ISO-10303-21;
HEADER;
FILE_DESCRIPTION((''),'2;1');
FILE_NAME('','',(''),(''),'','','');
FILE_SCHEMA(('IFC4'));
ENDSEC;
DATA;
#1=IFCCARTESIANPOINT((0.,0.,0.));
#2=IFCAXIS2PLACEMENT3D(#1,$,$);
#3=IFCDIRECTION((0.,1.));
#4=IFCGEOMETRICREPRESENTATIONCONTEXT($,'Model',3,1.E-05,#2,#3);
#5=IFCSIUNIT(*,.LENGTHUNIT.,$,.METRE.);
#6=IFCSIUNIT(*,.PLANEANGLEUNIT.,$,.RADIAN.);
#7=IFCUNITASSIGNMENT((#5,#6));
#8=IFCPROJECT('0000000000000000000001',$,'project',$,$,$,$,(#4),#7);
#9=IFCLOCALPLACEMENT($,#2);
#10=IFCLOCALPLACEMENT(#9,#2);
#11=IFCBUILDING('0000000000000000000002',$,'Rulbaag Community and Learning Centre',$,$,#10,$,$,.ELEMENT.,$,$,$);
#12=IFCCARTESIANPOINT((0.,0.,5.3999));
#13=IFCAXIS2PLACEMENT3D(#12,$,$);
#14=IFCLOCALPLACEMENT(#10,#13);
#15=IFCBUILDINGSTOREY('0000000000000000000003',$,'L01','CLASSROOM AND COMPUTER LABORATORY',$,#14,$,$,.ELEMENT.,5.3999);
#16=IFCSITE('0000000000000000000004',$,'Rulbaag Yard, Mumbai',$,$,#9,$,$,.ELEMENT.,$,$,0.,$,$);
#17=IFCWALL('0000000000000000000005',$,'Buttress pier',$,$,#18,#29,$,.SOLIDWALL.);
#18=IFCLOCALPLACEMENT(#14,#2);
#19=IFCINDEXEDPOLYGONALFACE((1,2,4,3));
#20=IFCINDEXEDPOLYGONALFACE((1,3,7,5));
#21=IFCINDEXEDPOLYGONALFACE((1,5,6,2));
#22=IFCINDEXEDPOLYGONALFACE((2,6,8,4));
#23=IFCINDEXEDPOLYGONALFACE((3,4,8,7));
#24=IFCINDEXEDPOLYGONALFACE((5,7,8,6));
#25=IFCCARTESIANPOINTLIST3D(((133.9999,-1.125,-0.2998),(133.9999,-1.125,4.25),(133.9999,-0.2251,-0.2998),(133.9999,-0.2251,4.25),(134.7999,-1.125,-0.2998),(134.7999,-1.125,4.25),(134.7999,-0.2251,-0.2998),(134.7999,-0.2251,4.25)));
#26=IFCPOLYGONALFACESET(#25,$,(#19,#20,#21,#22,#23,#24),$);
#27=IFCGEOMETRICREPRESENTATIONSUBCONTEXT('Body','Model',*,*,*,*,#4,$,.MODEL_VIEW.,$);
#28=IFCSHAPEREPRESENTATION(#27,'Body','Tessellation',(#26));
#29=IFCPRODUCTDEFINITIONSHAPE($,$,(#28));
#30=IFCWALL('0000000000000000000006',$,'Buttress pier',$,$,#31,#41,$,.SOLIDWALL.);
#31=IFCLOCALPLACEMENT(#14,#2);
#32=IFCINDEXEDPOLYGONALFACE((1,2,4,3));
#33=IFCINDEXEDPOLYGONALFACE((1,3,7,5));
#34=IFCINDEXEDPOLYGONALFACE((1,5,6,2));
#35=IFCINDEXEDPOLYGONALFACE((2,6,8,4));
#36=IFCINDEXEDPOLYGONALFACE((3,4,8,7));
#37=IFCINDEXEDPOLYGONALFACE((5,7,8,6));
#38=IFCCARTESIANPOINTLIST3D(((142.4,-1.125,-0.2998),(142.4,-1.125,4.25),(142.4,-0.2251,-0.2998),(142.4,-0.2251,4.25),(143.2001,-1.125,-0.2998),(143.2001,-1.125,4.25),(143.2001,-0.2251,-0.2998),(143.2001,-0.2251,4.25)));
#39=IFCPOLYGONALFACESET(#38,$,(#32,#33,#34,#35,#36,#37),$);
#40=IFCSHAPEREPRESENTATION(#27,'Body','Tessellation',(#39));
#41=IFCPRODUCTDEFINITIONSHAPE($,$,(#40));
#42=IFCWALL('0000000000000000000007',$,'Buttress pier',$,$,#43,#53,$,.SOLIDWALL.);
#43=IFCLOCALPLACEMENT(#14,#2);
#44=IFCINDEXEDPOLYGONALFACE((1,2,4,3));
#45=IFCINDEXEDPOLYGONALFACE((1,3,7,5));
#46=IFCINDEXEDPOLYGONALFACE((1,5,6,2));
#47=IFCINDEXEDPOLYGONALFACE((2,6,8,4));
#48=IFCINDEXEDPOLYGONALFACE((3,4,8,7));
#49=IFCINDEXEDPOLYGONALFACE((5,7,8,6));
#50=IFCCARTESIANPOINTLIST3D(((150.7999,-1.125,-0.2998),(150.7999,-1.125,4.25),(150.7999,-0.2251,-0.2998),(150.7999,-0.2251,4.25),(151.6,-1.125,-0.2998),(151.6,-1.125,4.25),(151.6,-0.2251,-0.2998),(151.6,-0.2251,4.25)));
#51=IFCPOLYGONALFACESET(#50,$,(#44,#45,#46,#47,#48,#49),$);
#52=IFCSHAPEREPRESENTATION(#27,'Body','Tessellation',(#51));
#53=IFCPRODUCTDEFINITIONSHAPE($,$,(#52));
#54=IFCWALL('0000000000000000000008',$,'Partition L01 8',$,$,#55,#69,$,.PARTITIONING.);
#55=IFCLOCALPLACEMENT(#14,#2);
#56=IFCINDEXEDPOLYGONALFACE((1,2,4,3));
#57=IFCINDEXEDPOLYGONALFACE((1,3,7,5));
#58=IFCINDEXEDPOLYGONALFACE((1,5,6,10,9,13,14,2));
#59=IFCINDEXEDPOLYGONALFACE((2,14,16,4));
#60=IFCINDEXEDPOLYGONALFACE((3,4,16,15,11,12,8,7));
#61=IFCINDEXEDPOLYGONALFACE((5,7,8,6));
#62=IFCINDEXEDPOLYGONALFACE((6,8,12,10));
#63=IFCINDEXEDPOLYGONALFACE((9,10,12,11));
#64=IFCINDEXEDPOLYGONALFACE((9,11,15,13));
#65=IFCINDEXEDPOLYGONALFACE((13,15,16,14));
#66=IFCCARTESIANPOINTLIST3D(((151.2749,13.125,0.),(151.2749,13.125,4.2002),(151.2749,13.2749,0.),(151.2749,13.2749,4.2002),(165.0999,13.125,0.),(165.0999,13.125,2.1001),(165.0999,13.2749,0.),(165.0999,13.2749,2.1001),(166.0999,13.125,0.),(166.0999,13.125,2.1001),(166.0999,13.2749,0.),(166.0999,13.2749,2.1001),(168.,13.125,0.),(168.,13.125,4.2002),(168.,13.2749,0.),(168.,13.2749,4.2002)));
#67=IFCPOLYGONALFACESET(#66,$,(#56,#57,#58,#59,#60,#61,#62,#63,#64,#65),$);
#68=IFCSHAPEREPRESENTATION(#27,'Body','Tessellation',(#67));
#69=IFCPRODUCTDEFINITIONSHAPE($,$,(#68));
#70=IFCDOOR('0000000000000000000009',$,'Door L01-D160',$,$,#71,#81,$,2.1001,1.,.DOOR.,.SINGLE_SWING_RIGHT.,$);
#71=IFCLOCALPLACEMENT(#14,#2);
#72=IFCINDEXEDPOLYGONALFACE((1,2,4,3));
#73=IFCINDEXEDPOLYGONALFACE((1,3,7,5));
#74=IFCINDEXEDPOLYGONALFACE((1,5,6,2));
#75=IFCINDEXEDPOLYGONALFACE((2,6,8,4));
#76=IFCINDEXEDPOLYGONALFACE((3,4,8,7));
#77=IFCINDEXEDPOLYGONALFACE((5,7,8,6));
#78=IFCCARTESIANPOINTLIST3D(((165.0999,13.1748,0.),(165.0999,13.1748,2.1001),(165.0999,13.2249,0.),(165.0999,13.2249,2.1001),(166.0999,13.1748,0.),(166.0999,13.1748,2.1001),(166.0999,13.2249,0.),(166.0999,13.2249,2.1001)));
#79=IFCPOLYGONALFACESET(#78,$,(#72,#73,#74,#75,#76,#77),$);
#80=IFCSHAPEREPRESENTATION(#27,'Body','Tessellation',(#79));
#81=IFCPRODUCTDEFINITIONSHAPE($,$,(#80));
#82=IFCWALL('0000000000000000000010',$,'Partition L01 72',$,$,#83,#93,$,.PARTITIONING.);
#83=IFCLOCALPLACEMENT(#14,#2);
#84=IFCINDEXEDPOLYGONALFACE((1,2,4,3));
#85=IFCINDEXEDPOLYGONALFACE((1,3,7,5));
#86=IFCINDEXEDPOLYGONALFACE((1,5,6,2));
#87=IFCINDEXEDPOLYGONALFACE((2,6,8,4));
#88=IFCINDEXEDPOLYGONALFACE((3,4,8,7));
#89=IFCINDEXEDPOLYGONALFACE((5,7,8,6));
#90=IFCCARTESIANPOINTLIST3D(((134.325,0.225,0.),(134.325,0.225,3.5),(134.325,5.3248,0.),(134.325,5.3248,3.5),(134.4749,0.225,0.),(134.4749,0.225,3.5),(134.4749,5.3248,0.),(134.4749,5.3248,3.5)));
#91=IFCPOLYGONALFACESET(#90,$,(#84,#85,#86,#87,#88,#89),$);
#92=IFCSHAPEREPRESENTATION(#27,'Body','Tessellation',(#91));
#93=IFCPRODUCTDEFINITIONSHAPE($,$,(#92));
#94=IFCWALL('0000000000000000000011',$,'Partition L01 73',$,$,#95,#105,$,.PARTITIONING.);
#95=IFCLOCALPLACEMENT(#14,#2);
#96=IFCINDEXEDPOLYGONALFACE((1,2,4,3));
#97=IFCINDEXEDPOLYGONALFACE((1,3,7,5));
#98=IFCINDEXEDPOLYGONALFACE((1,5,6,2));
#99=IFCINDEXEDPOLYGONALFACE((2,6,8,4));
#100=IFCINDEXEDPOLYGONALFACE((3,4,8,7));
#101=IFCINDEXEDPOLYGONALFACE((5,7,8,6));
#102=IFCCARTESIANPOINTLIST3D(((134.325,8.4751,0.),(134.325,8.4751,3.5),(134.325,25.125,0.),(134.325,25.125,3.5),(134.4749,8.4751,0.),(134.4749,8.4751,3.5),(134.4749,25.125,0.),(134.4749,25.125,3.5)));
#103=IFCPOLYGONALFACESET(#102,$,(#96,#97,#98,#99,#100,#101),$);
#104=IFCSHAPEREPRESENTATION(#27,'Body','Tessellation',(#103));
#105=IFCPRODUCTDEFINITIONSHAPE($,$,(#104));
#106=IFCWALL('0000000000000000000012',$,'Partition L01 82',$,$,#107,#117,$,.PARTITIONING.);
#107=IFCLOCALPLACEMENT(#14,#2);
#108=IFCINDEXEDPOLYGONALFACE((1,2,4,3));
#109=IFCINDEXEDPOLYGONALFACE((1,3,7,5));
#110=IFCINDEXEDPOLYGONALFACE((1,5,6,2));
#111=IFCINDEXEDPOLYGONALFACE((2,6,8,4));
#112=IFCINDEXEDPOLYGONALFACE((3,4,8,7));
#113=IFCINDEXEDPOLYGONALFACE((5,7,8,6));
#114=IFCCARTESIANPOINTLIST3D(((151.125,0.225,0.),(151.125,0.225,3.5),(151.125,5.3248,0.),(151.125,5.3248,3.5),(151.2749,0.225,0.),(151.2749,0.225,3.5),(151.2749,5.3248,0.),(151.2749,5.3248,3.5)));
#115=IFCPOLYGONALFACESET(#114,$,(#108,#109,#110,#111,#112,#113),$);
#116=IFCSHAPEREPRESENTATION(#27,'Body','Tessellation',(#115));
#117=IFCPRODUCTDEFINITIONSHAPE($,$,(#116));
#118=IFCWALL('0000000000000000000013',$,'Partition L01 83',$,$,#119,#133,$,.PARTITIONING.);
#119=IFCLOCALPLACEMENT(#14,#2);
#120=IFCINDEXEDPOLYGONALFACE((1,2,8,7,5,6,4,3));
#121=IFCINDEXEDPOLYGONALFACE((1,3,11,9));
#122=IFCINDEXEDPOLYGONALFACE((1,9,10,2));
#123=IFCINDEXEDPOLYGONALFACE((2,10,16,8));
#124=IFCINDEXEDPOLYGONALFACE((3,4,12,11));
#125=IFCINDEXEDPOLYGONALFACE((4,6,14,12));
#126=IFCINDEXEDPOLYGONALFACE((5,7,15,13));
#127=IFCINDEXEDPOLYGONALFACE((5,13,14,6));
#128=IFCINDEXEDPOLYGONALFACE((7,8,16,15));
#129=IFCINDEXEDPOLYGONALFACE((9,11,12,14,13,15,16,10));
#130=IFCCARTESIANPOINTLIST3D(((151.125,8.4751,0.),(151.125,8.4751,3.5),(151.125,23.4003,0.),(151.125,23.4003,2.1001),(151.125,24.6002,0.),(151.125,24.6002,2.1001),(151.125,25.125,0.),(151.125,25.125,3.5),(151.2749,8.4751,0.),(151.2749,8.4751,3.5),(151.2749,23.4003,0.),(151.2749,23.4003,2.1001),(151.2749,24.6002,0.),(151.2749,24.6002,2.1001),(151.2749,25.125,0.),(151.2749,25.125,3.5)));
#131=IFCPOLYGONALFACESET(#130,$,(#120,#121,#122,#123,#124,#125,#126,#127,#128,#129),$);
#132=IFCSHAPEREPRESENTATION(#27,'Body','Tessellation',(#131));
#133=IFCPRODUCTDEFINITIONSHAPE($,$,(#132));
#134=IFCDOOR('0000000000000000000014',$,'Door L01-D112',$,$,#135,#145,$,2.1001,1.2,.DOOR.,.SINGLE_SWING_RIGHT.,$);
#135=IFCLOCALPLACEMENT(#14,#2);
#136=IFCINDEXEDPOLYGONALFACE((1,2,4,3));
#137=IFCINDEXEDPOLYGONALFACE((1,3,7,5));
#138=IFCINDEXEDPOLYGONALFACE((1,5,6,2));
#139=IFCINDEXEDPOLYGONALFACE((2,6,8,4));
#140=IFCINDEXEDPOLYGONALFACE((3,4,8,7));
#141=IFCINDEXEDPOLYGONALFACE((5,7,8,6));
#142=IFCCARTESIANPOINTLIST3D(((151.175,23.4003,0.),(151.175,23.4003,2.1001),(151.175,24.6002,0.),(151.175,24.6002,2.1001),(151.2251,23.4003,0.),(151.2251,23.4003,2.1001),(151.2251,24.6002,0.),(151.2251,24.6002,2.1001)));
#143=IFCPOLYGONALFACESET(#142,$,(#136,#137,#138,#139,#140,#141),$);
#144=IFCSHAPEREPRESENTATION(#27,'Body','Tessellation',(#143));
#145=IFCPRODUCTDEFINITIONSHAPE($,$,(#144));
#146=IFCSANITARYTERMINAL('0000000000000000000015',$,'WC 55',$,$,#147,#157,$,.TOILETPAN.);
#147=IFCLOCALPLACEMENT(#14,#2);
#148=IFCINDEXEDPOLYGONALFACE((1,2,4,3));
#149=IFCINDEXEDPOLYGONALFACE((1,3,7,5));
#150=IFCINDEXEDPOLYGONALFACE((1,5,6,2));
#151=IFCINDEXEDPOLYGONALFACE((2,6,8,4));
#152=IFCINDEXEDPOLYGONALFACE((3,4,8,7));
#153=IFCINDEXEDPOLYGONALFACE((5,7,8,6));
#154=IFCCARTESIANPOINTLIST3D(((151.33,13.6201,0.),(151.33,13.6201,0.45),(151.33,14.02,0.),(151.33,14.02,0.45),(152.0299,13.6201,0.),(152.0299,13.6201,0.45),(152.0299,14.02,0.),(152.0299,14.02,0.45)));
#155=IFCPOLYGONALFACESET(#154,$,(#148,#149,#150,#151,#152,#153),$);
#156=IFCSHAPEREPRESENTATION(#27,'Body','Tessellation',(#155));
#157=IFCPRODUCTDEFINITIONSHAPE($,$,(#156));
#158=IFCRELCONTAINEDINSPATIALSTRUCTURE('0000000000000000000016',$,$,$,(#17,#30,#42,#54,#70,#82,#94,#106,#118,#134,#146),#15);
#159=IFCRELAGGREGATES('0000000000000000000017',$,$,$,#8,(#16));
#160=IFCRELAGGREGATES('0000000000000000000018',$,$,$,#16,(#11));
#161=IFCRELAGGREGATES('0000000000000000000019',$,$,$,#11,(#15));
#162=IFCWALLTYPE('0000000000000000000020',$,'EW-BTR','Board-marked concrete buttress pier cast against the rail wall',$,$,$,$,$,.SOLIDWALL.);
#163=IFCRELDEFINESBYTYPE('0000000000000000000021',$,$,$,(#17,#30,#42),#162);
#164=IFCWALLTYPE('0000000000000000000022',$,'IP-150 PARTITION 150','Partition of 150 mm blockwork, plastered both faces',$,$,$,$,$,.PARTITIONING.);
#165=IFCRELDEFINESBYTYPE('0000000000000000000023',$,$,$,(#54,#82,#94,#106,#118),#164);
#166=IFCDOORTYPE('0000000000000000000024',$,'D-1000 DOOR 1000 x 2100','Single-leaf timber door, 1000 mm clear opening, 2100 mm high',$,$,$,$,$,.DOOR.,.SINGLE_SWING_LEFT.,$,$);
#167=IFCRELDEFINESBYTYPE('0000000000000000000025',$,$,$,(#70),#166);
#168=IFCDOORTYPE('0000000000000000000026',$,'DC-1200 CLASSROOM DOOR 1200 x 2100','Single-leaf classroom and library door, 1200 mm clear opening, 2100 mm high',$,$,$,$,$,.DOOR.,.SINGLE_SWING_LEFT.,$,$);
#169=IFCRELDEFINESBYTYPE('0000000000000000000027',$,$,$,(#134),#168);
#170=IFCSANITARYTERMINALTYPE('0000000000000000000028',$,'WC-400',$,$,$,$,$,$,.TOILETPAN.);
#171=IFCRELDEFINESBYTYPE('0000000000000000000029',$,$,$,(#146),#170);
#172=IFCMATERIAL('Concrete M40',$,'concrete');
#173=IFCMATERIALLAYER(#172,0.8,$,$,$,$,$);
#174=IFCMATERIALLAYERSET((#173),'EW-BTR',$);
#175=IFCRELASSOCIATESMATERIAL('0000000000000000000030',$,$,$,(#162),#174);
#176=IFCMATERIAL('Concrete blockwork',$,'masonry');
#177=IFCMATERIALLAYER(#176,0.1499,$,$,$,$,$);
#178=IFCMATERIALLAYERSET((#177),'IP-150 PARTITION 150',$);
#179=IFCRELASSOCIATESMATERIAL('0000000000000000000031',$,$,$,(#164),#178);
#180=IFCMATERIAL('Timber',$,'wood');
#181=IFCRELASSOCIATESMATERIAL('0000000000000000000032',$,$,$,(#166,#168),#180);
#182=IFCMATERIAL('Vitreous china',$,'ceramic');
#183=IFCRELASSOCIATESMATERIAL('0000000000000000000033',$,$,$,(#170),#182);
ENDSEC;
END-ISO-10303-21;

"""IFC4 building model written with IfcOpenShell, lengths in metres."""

from ifc_helpers import new_model, si_unit, direction, frame, frame_2d, origin, origin_2d, place, context, subcontext, project, spatial, rectangle, extrude, material, layer, layer_set, type_object, element, fill, save


model = new_model("IFC4")

# Units and contexts
model_context = context("Model", 3, precision=1e-05, world=origin(), true_north=direction((0.0, 1.0)))
body_context = subcontext(model_context, "Body", "Model", "MODEL_VIEW")
ifc_project = project(units=[si_unit("LENGTHUNIT", "METRE"), si_unit("PLANEANGLEUNIT", "RADIAN")], contexts=[model_context])

# Site, building, storey
site_placement = place(None, origin())
site = spatial("IfcSite", under=ifc_project, at=site_placement, Name="Rulbaag Yard, Mumbai", CompositionType="ELEMENT", RefElevation=0.0)
building_placement = place(site_placement, origin())
building = spatial("IfcBuilding", under=site, at=building_placement, Name="Rulbaag Community and Learning Centre", CompositionType="ELEMENT")
storey_placement = place(building_placement, frame((0.0, 0.0, 5.3999)))
storey = spatial("IfcBuildingStorey", under=building, at=storey_placement, Name="L01", Description="CLASSROOM AND COMPUTER LABORATORY", CompositionType="ELEMENT", Elevation=5.3999)

# Shared definitions
ifc_material_1 = material(Name="Concrete M40", Category="concrete")

# Walls
ifc_layer_1 = layer(ifc_material_1, 0.8)
ifc_layer_set_1 = layer_set([ifc_layer_1], Name="EW-BTR")
wall_type_1 = type_object("IfcWallType", Name="EW-BTR", Description="Board-marked concrete buttress pier cast against the rail wall", PredefinedType="SOLIDWALL", material=ifc_layer_set_1)
for number, where, z_axis, x_axis, name in (
    (1, (134.3999, -0.2251, -0.2998), (0.0, 0.0, 1.0), (0.0, -1.0, 0.0), "Buttress pier"),
    (2, (142.8, -0.2251, -0.2998), (0.0, 0.0, 1.0), (0.0, -1.0, 0.0), "Buttress pier"),
    (3, (151.2, -0.2251, -0.2998), (0.0, 0.0, 1.0), (0.0, -1.0, 0.0), "Buttress pier"),
):
    element("IfcWall", number, at=place(storey_placement, frame(where, z_axis=z_axis, x_axis=x_axis)), inside=storey, type_object=wall_type_1, Name=name, PredefinedType="SOLIDWALL", context=body_context, shape_type="SweptSolid", body=[
        extrude(rectangle(XDim=0.8999, YDim=0.8, at=frame_2d((0.45, 0.0))), origin(), (0.0, 0.0, 1.0), 4.5498),
    ])

# Wall, opening, door
ifc_material_2 = material(Name="Concrete blockwork", Category="masonry")
ifc_layer_2 = layer(ifc_material_2, 0.1499)
ifc_layer_set_2 = layer_set([ifc_layer_2], Name="IP-150 PARTITION 150")
wall_type_2 = type_object("IfcWallType", Name="IP-150 PARTITION 150", Description="Partition of 150 mm blockwork, plastered both faces", PredefinedType="PARTITIONING", material=ifc_layer_set_2)
wall_1_placement = place(storey_placement, frame((151.2749, 13.2, 0.0), z_axis=(0.0, 0.0, 1.0), x_axis=(1.0, 0.0, 0.0)))
wall_1 = element("IfcWall", 4, at=wall_1_placement, inside=storey, type_object=wall_type_2, Name="Partition L01 8", PredefinedType="PARTITIONING", context=body_context, shape_type="SweptSolid", body=[
    extrude(rectangle(XDim=16.7251, YDim=0.1499, at=frame_2d((8.3625, 0.0))), origin(), (0.0, 0.0, 1.0), 4.2002),
])
opening_1_placement = place(wall_1_placement, frame((13.825, 0.0, 0.0)))
opening_1 = element("IfcOpeningElement", 5, at=opening_1_placement, cuts=wall_1, PredefinedType="OPENING", context=body_context, shape_type="SweptSolid", body=[
    extrude(rectangle(XDim=1.0, YDim=2.1001, at=frame_2d((0.5, 1.05))), frame((0.0, 0.085, 0.0), z_axis=(0.0, -1.0, 0.0), x_axis=(1.0, 0.0, 0.0)), (0.0, 0.0, 1.0), 0.1699),
])
ifc_material_3 = material(Name="Timber", Category="wood")
door_type_1 = type_object("IfcDoorType", Name="D-1000 DOOR 1000 x 2100", Description="Single-leaf timber door, 1000 mm clear opening, 2100 mm high", OperationType="SINGLE_SWING_LEFT", PredefinedType="DOOR", material=ifc_material_3)
door_1_placement = place(opening_1_placement, origin())
door_1 = element("IfcDoor", 6, at=door_1_placement, inside=storey, type_object=door_type_1, Name="Door L01-D160", OperationType="SINGLE_SWING_RIGHT", OverallHeight=2.1001, OverallWidth=1.0, PredefinedType="DOOR", context=body_context, shape_type="SweptSolid", body=[
    extrude(rectangle(XDim=1.0, YDim=2.1001, at=frame_2d((0.5, 1.05))), frame((0.0, 0.0249, 0.0), z_axis=(0.0, -1.0, 0.0), x_axis=(1.0, 0.0, 0.0)), (0.0, 0.0, 1.0), 0.05),
])
fill(opening_1, door_1)

# Walls
wall_2_placement = place(storey_placement, frame((134.3999, 0.2251, 0.0), z_axis=(0.0, 0.0, 1.0), x_axis=(0.0, 1.0, 0.0)))
element("IfcWall", 7, at=wall_2_placement, inside=storey, type_object=wall_type_2, Name="Partition L01 72", PredefinedType="PARTITIONING", context=body_context, shape_type="SweptSolid", body=[
    extrude(rectangle(XDim=5.0999, YDim=0.1499, at=frame_2d((2.5498, 0.0))), origin(), (0.0, 0.0, 1.0), 3.5),
])
wall_3_placement = place(storey_placement, frame((134.3999, 8.4751, 0.0), z_axis=(0.0, 0.0, 1.0), x_axis=(0.0, 1.0, 0.0)))
element("IfcWall", 8, at=wall_3_placement, inside=storey, type_object=wall_type_2, Name="Partition L01 73", PredefinedType="PARTITIONING", context=body_context, shape_type="SweptSolid", body=[
    extrude(rectangle(XDim=16.6499, YDim=0.1499, at=frame_2d((8.325, 0.0))), origin(), (0.0, 0.0, 1.0), 3.5),
])
wall_4_placement = place(storey_placement, frame((151.2, 0.2251, 0.0), z_axis=(0.0, 0.0, 1.0), x_axis=(0.0, 1.0, 0.0)))
element("IfcWall", 9, at=wall_4_placement, inside=storey, type_object=wall_type_2, Name="Partition L01 82", PredefinedType="PARTITIONING", context=body_context, shape_type="SweptSolid", body=[
    extrude(rectangle(XDim=5.0999, YDim=0.1499, at=frame_2d((2.5498, 0.0))), origin(), (0.0, 0.0, 1.0), 3.5),
])

# Wall, opening, door
wall_5_placement = place(storey_placement, frame((151.2, 8.4751, 0.0), z_axis=(0.0, 0.0, 1.0), x_axis=(0.0, 1.0, 0.0)))
wall_5 = element("IfcWall", 10, at=wall_5_placement, inside=storey, type_object=wall_type_2, Name="Partition L01 83", PredefinedType="PARTITIONING", context=body_context, shape_type="SweptSolid", body=[
    extrude(rectangle(XDim=16.6499, YDim=0.1499, at=frame_2d((8.325, 0.0))), origin(), (0.0, 0.0, 1.0), 3.5),
])
opening_2_placement = place(wall_5_placement, frame((14.925, 0.0, 0.0)))
opening_2 = element("IfcOpeningElement", 11, at=opening_2_placement, cuts=wall_5, PredefinedType="OPENING", context=body_context, shape_type="SweptSolid", body=[
    extrude(rectangle(XDim=1.2, YDim=2.1001, at=frame_2d((0.6001, 1.05))), frame((0.0, 0.085, 0.0), z_axis=(0.0, -1.0, 0.0), x_axis=(1.0, 0.0, 0.0)), (0.0, 0.0, 1.0), 0.1699),
])
door_type_2 = type_object("IfcDoorType", Name="DC-1200 CLASSROOM DOOR 1200 x 2100", Description="Single-leaf classroom and library door, 1200 mm clear opening, 2100 mm high", OperationType="SINGLE_SWING_LEFT", PredefinedType="DOOR", material=ifc_material_3)
door_2_placement = place(opening_2_placement, origin())
door_2 = element("IfcDoor", 12, at=door_2_placement, inside=storey, type_object=door_type_2, Name="Door L01-D112", OperationType="SINGLE_SWING_RIGHT", OverallHeight=2.1001, OverallWidth=1.2, PredefinedType="DOOR", context=body_context, shape_type="SweptSolid", body=[
    extrude(rectangle(XDim=1.2, YDim=2.1001, at=frame_2d((0.6001, 1.05))), frame((0.0, 0.0249, 0.0), z_axis=(0.0, -1.0, 0.0), x_axis=(1.0, 0.0, 0.0)), (0.0, 0.0, 1.0), 0.05),
])
fill(opening_2, door_2)

# Sanitary terminal
ifc_material_4 = material(Name="Vitreous china", Category="ceramic")
sanitary_terminal_type = type_object("IfcSanitaryTerminalType", Name="WC-400", PredefinedType="TOILETPAN", material=ifc_material_4)
sanitary_terminal_placement = place(storey_placement, frame((151.6799, 13.8201, 0.0), z_axis=(0.0, 0.0, 1.0), x_axis=(1.0, 0.0, 0.0)))
element("IfcSanitaryTerminal", 13, at=sanitary_terminal_placement, inside=storey, type_object=sanitary_terminal_type, Name="WC 55", PredefinedType="TOILETPAN", context=body_context, shape_type="SweptSolid", body=[
    extrude(rectangle(XDim=0.7, YDim=0.3999, at=origin_2d()), origin(), (0.0, 0.0, 1.0), 0.45),
])

save(model, "model.ifc")
